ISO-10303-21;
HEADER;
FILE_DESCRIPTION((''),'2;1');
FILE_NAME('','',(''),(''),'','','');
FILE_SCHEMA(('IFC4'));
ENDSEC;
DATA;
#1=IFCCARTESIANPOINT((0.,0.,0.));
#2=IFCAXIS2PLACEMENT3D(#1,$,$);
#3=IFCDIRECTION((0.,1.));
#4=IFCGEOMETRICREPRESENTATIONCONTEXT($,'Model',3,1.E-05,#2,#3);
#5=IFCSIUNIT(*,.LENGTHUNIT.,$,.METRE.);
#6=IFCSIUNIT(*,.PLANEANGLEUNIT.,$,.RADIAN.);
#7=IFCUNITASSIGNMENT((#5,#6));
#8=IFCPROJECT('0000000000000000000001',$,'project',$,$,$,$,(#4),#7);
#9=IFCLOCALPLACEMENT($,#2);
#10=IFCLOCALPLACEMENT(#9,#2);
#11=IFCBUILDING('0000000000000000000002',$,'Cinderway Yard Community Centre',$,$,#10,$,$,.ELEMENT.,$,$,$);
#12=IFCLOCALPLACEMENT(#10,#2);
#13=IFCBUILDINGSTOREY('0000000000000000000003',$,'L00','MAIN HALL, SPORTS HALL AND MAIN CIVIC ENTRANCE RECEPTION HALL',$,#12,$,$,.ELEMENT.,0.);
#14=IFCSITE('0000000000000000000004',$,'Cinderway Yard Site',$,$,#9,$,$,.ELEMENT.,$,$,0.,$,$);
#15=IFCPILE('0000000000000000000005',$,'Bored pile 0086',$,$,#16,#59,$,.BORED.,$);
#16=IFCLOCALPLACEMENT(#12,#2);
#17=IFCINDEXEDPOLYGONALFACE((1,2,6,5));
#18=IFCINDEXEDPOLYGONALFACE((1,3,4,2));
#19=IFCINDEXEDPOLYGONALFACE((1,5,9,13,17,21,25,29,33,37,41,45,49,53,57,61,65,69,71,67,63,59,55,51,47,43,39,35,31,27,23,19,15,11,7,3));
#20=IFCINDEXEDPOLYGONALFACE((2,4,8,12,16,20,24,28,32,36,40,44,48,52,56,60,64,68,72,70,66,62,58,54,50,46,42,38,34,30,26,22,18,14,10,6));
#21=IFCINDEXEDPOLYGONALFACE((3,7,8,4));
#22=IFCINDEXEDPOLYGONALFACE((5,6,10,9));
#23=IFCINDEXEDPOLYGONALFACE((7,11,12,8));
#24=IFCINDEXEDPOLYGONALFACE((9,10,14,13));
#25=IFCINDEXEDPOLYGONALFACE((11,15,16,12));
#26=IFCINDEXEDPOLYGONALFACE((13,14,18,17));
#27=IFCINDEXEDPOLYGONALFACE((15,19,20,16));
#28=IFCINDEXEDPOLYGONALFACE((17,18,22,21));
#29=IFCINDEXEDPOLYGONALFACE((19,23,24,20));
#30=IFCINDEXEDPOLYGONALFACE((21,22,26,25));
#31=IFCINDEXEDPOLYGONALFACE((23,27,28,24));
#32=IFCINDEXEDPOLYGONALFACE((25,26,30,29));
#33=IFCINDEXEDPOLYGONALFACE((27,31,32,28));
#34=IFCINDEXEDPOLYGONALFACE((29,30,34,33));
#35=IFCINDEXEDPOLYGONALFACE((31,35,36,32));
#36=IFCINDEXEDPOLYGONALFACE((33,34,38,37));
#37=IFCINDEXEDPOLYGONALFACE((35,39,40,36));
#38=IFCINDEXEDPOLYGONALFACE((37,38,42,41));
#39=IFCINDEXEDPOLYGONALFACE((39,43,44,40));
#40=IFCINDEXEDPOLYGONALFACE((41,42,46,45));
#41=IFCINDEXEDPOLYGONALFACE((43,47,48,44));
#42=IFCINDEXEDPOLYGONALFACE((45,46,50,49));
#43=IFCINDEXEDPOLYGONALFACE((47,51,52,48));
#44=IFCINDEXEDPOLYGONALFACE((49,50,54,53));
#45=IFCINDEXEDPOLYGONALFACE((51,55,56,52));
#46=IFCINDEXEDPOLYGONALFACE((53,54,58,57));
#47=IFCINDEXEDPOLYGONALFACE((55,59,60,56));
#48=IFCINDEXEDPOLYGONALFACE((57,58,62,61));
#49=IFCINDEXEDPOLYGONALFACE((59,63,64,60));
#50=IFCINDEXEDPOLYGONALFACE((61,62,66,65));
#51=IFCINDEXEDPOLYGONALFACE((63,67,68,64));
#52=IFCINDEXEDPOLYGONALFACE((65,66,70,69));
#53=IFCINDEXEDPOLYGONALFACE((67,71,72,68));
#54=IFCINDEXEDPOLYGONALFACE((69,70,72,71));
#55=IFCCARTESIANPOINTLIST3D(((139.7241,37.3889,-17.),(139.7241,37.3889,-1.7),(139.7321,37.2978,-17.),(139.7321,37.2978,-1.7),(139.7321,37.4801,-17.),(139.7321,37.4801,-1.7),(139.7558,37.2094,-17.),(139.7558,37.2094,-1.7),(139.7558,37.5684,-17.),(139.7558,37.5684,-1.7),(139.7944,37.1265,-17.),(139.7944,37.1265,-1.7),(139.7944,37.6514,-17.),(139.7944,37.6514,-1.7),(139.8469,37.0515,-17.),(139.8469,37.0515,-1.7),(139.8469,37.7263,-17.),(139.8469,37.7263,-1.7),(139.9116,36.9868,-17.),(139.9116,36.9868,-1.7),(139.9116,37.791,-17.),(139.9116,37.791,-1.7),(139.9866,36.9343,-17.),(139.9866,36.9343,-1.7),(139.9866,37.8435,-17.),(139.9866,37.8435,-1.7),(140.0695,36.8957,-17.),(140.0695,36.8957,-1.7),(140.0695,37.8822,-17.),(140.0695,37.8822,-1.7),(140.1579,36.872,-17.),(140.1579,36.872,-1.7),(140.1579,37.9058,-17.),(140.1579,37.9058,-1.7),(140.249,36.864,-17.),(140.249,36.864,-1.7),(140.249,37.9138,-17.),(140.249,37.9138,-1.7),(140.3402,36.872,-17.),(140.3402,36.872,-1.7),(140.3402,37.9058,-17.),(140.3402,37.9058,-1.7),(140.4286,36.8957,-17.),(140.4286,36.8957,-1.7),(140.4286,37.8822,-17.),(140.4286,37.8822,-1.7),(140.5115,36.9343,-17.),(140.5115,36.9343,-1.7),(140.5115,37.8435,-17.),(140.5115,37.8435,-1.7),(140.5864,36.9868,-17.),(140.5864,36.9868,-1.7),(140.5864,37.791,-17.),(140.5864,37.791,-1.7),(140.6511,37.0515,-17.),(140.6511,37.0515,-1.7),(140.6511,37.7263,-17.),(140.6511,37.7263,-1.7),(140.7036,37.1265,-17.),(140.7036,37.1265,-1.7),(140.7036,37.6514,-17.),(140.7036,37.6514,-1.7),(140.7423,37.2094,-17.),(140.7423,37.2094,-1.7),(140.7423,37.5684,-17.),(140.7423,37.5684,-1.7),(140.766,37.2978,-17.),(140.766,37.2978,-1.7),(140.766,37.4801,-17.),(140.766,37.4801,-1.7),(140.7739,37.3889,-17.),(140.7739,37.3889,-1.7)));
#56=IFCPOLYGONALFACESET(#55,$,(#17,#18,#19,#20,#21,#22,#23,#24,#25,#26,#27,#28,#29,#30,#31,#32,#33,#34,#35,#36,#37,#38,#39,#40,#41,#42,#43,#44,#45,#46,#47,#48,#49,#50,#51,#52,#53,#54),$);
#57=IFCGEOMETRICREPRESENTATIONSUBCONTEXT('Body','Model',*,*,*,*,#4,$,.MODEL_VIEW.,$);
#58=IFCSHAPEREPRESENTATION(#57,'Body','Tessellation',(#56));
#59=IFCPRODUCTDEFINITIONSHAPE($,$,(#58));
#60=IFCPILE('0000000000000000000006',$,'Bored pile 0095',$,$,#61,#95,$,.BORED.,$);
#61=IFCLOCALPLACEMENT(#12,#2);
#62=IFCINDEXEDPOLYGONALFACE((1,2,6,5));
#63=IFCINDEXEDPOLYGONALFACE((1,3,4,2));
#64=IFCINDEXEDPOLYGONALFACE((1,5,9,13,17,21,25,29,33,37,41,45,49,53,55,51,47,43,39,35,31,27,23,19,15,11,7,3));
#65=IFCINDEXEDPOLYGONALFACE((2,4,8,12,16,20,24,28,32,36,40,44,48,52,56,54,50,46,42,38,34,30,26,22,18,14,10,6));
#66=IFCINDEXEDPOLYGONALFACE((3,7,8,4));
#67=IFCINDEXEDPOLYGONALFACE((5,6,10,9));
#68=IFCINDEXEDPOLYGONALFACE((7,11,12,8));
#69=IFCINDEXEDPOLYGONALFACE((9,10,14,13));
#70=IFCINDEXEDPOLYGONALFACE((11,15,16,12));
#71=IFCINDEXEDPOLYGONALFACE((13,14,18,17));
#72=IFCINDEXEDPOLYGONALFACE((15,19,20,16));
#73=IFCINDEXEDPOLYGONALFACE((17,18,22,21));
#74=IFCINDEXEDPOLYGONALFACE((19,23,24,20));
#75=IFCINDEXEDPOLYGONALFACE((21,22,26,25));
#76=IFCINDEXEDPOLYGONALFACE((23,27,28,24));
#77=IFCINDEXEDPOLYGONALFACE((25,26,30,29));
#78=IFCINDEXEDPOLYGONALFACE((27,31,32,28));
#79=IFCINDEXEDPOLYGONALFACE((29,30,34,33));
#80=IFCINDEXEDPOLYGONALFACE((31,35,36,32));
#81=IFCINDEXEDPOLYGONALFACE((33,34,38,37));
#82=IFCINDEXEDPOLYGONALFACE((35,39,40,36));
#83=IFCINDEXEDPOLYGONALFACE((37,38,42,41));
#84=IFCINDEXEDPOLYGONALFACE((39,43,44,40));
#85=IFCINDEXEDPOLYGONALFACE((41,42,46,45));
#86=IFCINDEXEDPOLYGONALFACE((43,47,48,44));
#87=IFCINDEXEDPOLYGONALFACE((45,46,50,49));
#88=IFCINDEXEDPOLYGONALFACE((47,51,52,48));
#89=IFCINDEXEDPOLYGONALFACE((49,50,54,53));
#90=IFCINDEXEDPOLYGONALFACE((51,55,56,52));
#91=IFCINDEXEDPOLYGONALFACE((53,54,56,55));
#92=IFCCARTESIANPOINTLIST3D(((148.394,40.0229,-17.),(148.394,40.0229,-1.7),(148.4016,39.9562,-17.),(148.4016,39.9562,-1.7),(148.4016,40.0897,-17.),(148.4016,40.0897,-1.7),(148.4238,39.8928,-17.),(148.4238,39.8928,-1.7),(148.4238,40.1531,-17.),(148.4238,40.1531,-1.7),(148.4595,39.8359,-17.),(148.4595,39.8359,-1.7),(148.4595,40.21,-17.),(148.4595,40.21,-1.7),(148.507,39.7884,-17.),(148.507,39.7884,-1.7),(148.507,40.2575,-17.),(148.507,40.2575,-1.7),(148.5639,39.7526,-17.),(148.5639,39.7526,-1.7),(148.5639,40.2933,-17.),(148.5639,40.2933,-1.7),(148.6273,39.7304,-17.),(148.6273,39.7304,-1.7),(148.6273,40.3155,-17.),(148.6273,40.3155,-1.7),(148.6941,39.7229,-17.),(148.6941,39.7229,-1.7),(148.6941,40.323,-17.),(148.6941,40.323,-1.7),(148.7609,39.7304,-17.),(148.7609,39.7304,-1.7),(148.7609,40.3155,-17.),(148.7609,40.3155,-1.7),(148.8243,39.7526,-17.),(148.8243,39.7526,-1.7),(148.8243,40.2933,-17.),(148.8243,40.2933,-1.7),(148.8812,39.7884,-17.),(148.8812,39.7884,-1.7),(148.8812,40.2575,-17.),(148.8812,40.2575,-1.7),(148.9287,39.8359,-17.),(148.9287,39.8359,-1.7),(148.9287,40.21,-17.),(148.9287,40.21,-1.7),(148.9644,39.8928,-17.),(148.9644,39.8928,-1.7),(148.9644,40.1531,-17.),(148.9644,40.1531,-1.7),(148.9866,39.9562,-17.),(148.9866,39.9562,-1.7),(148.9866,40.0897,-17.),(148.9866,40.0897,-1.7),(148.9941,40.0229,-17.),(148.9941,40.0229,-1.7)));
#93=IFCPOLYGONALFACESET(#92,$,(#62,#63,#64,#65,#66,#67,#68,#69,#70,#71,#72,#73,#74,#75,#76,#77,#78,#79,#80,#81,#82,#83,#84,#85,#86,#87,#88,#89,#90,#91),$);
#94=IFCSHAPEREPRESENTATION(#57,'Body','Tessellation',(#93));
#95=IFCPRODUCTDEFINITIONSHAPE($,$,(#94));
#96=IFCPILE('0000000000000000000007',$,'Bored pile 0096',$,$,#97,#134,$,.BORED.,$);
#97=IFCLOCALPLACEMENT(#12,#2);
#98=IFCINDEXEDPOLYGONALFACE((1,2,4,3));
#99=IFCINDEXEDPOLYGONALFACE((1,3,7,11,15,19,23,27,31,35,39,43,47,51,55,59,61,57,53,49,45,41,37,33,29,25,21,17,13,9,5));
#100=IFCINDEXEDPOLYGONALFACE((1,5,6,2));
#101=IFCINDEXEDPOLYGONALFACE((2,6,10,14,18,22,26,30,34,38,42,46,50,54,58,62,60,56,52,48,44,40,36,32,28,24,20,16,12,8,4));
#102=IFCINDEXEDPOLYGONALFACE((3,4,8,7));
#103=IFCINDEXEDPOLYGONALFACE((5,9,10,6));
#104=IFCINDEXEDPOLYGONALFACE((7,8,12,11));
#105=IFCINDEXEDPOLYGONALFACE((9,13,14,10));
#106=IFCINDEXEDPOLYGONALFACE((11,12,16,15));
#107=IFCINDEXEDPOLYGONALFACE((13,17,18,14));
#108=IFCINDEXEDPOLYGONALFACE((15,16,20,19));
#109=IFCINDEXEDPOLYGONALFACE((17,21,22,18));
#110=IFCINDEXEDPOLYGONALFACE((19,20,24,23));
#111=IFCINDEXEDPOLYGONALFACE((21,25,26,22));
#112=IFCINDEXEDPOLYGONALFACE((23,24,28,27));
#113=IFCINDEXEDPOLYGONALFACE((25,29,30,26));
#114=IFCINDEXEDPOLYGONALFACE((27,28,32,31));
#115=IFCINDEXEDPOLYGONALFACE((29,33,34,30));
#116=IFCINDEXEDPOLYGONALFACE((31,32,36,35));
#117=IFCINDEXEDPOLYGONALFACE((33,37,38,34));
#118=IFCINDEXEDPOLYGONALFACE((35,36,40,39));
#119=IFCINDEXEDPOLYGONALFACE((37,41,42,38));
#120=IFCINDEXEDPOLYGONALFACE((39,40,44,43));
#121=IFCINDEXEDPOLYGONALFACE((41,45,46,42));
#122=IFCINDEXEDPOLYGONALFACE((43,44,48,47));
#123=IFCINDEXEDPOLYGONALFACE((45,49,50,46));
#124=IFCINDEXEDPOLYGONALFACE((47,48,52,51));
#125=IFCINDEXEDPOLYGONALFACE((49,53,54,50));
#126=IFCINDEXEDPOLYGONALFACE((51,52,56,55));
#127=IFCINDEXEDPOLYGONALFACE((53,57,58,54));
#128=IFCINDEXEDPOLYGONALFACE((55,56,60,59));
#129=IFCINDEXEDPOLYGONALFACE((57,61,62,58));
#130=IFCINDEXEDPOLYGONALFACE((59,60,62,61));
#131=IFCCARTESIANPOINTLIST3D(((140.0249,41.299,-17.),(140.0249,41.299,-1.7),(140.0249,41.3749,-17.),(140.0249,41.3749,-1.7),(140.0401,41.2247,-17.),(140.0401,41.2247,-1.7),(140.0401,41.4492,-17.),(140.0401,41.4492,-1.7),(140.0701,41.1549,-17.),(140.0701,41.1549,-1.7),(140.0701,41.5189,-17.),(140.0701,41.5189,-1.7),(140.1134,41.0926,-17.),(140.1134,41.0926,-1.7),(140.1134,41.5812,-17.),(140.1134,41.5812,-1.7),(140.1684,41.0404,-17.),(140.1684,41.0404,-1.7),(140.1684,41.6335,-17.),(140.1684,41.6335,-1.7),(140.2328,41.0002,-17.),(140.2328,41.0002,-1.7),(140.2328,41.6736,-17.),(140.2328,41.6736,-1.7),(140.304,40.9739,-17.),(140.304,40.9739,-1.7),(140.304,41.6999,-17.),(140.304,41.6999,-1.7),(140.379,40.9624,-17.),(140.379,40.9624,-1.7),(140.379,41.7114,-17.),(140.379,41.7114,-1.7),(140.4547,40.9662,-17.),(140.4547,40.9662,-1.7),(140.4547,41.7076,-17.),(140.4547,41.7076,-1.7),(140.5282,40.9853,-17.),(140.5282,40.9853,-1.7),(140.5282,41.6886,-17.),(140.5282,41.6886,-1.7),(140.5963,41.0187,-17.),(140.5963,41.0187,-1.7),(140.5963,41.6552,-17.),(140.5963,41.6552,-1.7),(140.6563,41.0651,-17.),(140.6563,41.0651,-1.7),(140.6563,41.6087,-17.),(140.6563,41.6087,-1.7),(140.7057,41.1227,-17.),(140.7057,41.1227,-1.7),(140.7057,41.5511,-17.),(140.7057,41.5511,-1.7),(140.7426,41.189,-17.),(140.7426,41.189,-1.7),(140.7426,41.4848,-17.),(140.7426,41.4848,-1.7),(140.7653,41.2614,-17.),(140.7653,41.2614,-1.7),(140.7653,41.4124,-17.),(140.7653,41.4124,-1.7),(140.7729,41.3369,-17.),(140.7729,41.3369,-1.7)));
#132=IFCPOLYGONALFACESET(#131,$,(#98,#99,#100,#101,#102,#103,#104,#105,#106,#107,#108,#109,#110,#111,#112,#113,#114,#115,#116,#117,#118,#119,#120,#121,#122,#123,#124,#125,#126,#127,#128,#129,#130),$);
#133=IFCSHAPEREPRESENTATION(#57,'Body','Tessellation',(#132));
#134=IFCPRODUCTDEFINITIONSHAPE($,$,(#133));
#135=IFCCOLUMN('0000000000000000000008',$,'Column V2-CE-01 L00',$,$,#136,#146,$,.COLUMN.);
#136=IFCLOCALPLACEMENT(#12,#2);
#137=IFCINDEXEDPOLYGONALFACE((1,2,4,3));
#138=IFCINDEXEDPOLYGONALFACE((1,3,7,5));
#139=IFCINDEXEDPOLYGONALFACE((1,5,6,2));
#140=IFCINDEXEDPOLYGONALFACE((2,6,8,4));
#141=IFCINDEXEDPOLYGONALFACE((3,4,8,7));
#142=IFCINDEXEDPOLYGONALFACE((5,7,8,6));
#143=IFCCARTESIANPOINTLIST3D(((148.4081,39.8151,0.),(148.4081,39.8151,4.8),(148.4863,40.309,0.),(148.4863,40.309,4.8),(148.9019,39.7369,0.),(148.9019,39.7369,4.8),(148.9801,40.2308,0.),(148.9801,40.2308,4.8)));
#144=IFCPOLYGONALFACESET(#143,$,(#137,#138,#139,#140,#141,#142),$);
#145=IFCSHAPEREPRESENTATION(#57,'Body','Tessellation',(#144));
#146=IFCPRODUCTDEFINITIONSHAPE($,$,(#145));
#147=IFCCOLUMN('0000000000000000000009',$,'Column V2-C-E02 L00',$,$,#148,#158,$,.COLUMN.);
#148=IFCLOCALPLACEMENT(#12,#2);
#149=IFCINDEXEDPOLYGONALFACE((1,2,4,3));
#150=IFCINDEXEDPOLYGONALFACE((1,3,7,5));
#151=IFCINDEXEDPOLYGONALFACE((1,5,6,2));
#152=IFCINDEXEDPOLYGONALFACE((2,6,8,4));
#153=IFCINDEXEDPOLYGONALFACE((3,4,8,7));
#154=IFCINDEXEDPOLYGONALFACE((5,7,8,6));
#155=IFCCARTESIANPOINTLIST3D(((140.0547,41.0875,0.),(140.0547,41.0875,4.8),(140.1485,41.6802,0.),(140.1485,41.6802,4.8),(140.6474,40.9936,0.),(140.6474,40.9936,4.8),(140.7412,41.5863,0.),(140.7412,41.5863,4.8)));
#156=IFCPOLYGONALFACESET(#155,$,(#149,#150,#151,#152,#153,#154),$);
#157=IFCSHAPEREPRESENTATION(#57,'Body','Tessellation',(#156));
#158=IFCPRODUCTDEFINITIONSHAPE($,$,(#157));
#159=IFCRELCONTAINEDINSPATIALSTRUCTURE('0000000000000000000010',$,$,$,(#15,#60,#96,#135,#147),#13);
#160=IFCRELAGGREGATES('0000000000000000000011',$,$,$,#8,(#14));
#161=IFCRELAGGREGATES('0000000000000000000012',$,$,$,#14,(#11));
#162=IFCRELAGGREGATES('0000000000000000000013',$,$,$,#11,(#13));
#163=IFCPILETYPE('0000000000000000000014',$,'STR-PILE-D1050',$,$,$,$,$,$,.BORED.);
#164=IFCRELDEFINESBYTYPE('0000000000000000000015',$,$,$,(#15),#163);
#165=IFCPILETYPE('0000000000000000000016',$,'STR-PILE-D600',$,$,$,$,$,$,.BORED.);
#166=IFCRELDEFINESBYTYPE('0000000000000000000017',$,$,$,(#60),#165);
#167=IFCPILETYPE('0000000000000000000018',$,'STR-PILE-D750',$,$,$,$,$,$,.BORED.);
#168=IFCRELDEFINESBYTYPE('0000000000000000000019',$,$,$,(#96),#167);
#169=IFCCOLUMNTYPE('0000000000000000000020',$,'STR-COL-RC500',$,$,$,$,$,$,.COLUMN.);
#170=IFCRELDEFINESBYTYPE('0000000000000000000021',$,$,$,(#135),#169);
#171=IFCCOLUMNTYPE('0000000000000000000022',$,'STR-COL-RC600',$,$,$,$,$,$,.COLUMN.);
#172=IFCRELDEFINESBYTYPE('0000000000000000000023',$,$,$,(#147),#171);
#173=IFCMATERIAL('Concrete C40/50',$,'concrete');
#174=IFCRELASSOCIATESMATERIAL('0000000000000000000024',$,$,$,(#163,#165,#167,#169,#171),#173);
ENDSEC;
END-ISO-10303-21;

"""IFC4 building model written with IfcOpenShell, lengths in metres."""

from ifc_helpers import new_model, si_unit, direction, frame, origin, origin_2d, place, context, subcontext, project, spatial, rectangle, circle, extrude, material, material_profile, profile_set, type_object, element, save


model = new_model("IFC4")

# Units and contexts
model_context = context("Model", 3, precision=1e-05, world=origin(), true_north=direction((0.0, 1.0)))
body_context = subcontext(model_context, "Body", "Model", "MODEL_VIEW")
ifc_project = project(units=[si_unit("LENGTHUNIT", "METRE"), si_unit("PLANEANGLEUNIT", "RADIAN")], contexts=[model_context])

# Site, building, storey
site_placement = place(None, origin())
site = spatial("IfcSite", under=ifc_project, at=site_placement, Name="Cinderway Yard Site", CompositionType="ELEMENT", RefElevation=0.0)
building_placement = place(site_placement, origin())
building = spatial("IfcBuilding", under=site, at=building_placement, Name="Cinderway Yard Community Centre", CompositionType="ELEMENT")
storey_placement = place(building_placement, origin())
storey = spatial("IfcBuildingStorey", under=building, at=storey_placement, Name="L00", Description="MAIN HALL, SPORTS HALL AND MAIN CIVIC ENTRANCE RECEPTION HALL", CompositionType="ELEMENT", Elevation=0.0)

# Shared definitions
ifc_material_1 = material(Name="Concrete C40/50", Category="concrete")

# Piles
ifc_material_profile_1 = material_profile(ifc_material_1, circle(Radius=0.5249, at=origin_2d()), Name="Concrete C40/50")
ifc_profile_set_1 = profile_set([ifc_material_profile_1], Name="Concrete C40/50")
pile_type_1 = type_object("IfcPileType", Name="STR-PILE-D1050", PredefinedType="BORED", material=ifc_profile_set_1)
for number, where, z_axis, x_axis, name in (
    (1, (140.249, 37.3889, -1.7), (0.0, 0.0, -1.0), (1.0, 0.0, 0.0), "Bored pile 0086"),
):
    element("IfcPile", number, at=place(storey_placement, frame(where, z_axis=z_axis, x_axis=x_axis)), inside=storey, type_object=pile_type_1, Name=name, PredefinedType="BORED", context=body_context, shape_type="SweptSolid", body=[
        extrude(circle(Radius=0.5249, at=origin_2d()), origin(), (0.0, 0.0, 1.0), 15.3),
    ])
ifc_material_profile_2 = material_profile(ifc_material_1, circle(Radius=0.3, at=origin_2d()), Name="Concrete C40/50")
ifc_profile_set_2 = profile_set([ifc_material_profile_2], Name="Concrete C40/50")
pile_type_2 = type_object("IfcPileType", Name="STR-PILE-D600", PredefinedType="BORED", material=ifc_profile_set_2)
pile_1_placement = place(storey_placement, frame((148.6941, 40.0229, -1.7), z_axis=(0.0, 0.0, -1.0), x_axis=(1.0, 0.0, 0.0)))
element("IfcPile", 2, at=pile_1_placement, inside=storey, type_object=pile_type_2, Name="Bored pile 0095", PredefinedType="BORED", context=body_context, shape_type="SweptSolid", body=[
    extrude(circle(Radius=0.3, at=origin_2d()), origin(), (0.0, 0.0, 1.0), 15.3),
])
ifc_material_profile_3 = material_profile(ifc_material_1, circle(Radius=0.375, at=origin_2d()), Name="Concrete C40/50")
ifc_profile_set_3 = profile_set([ifc_material_profile_3], Name="Concrete C40/50")
pile_type_3 = type_object("IfcPileType", Name="STR-PILE-D750", PredefinedType="BORED", material=ifc_profile_set_3)
pile_2_placement = place(storey_placement, frame((140.3979, 41.3369, -1.7), z_axis=(0.0, 0.0, -1.0), x_axis=(1.0, 0.0, 0.0)))
element("IfcPile", 3, at=pile_2_placement, inside=storey, type_object=pile_type_3, Name="Bored pile 0096", PredefinedType="BORED", context=body_context, shape_type="SweptSolid", body=[
    extrude(circle(Radius=0.375, at=origin_2d()), origin(), (0.0, 0.0, 1.0), 15.3),
])

# Columns
ifc_material_profile_4 = material_profile(ifc_material_1, rectangle(XDim=0.5, YDim=0.5, at=origin_2d()), Name="Concrete C40/50")
ifc_profile_set_4 = profile_set([ifc_material_profile_4], Name="Concrete C40/50")
column_type_1 = type_object("IfcColumnType", Name="STR-COL-RC500", PredefinedType="COLUMN", material=ifc_profile_set_4)
column_1_placement = place(storey_placement, frame((148.6941, 40.0229, 0.0), z_axis=(0.0, 0.0, 1.0), x_axis=(0.987688, -0.156434, 0.0)))
element("IfcColumn", 4, at=column_1_placement, inside=storey, type_object=column_type_1, Name="Column V2-CE-01 L00", PredefinedType="COLUMN", context=body_context, shape_type="SweptSolid", body=[
    extrude(rectangle(XDim=0.5, YDim=0.5, at=origin_2d()), origin(), (0.0, 0.0, 1.0), 4.8),
])
ifc_material_profile_5 = material_profile(ifc_material_1, rectangle(XDim=0.6001, YDim=0.6001, at=origin_2d()), Name="Concrete C40/50")
ifc_profile_set_5 = profile_set([ifc_material_profile_5], Name="Concrete C40/50")
column_type_2 = type_object("IfcColumnType", Name="STR-COL-RC600", PredefinedType="COLUMN", material=ifc_profile_set_5)
column_2_placement = place(storey_placement, frame((140.3979, 41.3369, 0.0), z_axis=(0.0, 0.0, 1.0), x_axis=(0.987688, -0.156434, 0.0)))
element("IfcColumn", 5, at=column_2_placement, inside=storey, type_object=column_type_2, Name="Column V2-C-E02 L00", PredefinedType="COLUMN", context=body_context, shape_type="SweptSolid", body=[
    extrude(rectangle(XDim=0.6001, YDim=0.6001, at=origin_2d()), origin(), (0.0, 0.0, 1.0), 4.8),
])

save(model, "model.ifc")
